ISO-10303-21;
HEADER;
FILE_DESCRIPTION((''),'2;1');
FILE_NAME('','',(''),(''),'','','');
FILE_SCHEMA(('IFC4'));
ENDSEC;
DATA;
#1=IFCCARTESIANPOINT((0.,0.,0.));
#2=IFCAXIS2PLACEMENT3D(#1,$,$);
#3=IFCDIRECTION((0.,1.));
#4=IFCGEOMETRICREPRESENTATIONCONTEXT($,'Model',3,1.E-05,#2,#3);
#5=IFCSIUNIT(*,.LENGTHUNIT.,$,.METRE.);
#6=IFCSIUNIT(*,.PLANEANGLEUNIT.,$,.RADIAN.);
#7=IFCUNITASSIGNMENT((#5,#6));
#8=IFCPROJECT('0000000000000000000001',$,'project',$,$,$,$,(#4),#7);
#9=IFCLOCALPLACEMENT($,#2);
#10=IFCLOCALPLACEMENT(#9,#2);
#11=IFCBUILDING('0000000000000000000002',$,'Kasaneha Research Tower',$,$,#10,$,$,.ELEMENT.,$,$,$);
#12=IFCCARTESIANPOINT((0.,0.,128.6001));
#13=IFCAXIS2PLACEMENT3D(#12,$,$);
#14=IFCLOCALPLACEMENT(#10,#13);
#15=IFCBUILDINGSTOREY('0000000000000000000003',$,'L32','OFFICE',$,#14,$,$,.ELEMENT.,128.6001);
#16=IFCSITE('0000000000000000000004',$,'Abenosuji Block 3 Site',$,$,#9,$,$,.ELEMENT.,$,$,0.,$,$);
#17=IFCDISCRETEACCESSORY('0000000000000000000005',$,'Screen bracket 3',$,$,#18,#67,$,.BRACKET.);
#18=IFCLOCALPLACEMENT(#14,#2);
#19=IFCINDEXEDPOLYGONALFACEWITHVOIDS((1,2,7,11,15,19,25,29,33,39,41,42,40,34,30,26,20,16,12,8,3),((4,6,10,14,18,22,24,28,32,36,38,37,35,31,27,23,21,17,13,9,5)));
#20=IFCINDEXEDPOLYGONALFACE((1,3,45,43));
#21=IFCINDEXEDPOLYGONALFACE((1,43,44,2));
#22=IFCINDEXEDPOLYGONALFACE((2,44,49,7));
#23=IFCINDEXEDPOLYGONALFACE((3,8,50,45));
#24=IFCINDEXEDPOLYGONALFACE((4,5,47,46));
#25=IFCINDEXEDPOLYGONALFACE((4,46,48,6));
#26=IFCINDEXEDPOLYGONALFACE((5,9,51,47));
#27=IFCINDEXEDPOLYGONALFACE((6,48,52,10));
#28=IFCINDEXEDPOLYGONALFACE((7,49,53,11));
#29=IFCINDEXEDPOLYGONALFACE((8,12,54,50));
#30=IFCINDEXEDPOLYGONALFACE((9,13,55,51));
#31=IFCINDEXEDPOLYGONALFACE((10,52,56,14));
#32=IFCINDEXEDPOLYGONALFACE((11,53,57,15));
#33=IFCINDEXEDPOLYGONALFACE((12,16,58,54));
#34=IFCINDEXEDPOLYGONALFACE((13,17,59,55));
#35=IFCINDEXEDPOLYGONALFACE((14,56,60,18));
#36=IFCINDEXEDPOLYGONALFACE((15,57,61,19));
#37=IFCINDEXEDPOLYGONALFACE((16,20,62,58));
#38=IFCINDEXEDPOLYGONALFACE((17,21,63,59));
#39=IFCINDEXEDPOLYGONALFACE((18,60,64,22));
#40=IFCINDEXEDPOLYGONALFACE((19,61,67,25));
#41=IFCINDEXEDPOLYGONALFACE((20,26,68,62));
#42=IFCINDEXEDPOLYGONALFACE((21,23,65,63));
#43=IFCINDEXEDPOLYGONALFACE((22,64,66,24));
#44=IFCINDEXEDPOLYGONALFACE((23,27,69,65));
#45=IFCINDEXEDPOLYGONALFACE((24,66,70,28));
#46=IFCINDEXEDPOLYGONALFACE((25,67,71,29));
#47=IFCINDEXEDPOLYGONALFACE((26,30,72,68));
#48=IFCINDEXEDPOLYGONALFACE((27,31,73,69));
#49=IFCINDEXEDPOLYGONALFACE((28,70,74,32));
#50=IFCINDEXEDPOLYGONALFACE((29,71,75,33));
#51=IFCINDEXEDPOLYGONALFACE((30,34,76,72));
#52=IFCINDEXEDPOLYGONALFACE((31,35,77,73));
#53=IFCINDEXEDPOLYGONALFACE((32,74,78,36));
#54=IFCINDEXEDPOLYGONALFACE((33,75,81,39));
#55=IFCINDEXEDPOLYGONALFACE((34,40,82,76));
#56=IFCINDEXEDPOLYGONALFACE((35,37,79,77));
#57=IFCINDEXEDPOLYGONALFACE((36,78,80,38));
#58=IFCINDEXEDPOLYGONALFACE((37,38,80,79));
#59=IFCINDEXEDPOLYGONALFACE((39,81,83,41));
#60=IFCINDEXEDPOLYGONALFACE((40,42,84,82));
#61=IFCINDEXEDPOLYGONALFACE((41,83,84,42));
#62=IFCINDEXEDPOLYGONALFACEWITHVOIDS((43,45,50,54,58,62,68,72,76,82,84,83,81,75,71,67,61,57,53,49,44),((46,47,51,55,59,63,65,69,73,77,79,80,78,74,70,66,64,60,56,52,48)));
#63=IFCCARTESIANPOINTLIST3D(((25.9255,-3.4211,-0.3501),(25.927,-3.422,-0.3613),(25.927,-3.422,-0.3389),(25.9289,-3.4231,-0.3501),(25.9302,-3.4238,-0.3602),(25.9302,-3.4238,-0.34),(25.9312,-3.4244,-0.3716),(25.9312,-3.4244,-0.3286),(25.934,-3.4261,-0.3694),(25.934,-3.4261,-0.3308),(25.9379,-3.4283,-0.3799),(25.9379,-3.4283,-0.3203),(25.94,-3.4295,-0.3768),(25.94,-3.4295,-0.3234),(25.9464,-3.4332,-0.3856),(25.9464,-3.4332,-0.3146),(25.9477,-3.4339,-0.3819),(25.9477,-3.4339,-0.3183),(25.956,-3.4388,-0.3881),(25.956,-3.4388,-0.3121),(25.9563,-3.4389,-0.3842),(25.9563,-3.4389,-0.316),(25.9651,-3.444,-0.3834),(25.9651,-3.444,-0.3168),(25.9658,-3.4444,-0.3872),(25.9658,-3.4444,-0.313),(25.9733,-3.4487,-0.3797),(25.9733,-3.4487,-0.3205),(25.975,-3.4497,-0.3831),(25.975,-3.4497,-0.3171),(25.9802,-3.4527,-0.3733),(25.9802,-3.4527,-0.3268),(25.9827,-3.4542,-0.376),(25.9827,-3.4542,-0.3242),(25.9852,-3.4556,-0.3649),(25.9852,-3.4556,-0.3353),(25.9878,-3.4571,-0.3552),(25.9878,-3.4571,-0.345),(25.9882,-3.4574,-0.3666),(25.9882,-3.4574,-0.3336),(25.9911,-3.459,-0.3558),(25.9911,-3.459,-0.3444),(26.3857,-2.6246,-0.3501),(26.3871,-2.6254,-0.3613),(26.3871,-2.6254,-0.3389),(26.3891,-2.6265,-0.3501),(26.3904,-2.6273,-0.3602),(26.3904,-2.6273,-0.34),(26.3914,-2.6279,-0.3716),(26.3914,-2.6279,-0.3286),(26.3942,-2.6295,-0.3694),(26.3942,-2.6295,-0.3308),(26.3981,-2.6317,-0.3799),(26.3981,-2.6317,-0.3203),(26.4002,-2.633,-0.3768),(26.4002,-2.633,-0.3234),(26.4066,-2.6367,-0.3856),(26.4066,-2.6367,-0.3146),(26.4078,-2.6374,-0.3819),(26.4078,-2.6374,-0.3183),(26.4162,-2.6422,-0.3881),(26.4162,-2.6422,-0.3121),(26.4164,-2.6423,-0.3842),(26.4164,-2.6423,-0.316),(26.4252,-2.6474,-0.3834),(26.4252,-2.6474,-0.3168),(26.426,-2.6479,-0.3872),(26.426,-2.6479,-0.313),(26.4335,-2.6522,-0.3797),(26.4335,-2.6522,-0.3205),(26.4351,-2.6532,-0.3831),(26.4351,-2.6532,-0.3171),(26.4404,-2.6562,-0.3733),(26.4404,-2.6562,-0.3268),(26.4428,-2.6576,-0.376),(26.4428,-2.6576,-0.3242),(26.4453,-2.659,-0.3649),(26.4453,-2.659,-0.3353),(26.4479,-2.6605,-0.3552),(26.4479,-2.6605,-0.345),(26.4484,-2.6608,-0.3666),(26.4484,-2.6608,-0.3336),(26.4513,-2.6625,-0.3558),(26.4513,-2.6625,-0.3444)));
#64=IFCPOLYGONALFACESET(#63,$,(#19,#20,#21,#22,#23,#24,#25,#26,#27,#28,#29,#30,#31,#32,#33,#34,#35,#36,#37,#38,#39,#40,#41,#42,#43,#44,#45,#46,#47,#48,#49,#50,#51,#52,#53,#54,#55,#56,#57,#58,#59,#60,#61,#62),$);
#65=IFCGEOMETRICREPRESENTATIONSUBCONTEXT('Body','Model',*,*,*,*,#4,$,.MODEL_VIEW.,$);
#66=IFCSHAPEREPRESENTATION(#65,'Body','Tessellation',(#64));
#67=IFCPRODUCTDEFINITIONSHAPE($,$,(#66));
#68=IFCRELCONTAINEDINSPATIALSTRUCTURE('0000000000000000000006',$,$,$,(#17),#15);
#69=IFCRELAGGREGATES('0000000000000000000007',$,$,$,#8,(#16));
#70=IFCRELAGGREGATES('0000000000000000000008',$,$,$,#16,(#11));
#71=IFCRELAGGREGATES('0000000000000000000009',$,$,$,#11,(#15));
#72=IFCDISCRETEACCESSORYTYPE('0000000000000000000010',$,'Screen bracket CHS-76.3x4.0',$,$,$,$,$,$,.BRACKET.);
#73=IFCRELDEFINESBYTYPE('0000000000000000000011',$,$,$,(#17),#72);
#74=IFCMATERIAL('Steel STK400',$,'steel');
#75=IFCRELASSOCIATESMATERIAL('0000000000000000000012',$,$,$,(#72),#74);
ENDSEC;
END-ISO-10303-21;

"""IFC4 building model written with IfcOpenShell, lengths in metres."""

from ifc_helpers import new_model, si_unit, direction, frame, origin, origin_2d, place, context, subcontext, project, spatial, hollow_circle, extrude, material, material_profile, profile_set, type_object, element, save


model = new_model("IFC4")

# Units and contexts
model_context = context("Model", 3, precision=1e-05, world=origin(), true_north=direction((0.0, 1.0)))
body_context = subcontext(model_context, "Body", "Model", "MODEL_VIEW")
ifc_project = project(units=[si_unit("LENGTHUNIT", "METRE"), si_unit("PLANEANGLEUNIT", "RADIAN")], contexts=[model_context])

# Site, building, storey
site_placement = place(None, origin())
site = spatial("IfcSite", under=ifc_project, at=site_placement, Name="Abenosuji Block 3 Site", CompositionType="ELEMENT", RefElevation=0.0)
building_placement = place(site_placement, origin())
building = spatial("IfcBuilding", under=site, at=building_placement, Name="Kasaneha Research Tower", CompositionType="ELEMENT")
storey_placement = place(building_placement, frame((0.0, 0.0, 128.6001)))
storey = spatial("IfcBuildingStorey", under=building, at=storey_placement, Name="L32", Description="OFFICE", CompositionType="ELEMENT", Elevation=128.6001)

# Discrete accessory
ifc_material_1 = material(Name="Steel STK400", Category="steel")
ifc_material_profile_1 = material_profile(ifc_material_1, hollow_circle(Radius=0.0381, WallThickness=0.0039, at=origin_2d()), Name="CHS-76.3x4.0")
ifc_profile_set_1 = profile_set([ifc_material_profile_1], Name="Steel STK400")
discrete_accessory_type = type_object("IfcDiscreteAccessoryType", Name="Screen bracket CHS-76.3x4.0", PredefinedType="BRACKET", material=ifc_profile_set_1)
discrete_accessory_1_placement = place(storey_placement, frame((25.9585, -3.4402, -0.3501), z_axis=(0.50022, 0.865898, 0.0), x_axis=(-0.865898, 0.50022, 0.0)))
element("IfcDiscreteAccessory", 1, at=discrete_accessory_1_placement, inside=storey, type_object=discrete_accessory_type, Name="Screen bracket 3", PredefinedType="BRACKET", context=body_context, shape_type="SweptSolid", body=[
    extrude(hollow_circle(Radius=0.0381, WallThickness=0.0039, at=origin_2d()), origin(), (0.0, 0.0, 1.0), 0.9199),
])

save(model, "model.ifc")
